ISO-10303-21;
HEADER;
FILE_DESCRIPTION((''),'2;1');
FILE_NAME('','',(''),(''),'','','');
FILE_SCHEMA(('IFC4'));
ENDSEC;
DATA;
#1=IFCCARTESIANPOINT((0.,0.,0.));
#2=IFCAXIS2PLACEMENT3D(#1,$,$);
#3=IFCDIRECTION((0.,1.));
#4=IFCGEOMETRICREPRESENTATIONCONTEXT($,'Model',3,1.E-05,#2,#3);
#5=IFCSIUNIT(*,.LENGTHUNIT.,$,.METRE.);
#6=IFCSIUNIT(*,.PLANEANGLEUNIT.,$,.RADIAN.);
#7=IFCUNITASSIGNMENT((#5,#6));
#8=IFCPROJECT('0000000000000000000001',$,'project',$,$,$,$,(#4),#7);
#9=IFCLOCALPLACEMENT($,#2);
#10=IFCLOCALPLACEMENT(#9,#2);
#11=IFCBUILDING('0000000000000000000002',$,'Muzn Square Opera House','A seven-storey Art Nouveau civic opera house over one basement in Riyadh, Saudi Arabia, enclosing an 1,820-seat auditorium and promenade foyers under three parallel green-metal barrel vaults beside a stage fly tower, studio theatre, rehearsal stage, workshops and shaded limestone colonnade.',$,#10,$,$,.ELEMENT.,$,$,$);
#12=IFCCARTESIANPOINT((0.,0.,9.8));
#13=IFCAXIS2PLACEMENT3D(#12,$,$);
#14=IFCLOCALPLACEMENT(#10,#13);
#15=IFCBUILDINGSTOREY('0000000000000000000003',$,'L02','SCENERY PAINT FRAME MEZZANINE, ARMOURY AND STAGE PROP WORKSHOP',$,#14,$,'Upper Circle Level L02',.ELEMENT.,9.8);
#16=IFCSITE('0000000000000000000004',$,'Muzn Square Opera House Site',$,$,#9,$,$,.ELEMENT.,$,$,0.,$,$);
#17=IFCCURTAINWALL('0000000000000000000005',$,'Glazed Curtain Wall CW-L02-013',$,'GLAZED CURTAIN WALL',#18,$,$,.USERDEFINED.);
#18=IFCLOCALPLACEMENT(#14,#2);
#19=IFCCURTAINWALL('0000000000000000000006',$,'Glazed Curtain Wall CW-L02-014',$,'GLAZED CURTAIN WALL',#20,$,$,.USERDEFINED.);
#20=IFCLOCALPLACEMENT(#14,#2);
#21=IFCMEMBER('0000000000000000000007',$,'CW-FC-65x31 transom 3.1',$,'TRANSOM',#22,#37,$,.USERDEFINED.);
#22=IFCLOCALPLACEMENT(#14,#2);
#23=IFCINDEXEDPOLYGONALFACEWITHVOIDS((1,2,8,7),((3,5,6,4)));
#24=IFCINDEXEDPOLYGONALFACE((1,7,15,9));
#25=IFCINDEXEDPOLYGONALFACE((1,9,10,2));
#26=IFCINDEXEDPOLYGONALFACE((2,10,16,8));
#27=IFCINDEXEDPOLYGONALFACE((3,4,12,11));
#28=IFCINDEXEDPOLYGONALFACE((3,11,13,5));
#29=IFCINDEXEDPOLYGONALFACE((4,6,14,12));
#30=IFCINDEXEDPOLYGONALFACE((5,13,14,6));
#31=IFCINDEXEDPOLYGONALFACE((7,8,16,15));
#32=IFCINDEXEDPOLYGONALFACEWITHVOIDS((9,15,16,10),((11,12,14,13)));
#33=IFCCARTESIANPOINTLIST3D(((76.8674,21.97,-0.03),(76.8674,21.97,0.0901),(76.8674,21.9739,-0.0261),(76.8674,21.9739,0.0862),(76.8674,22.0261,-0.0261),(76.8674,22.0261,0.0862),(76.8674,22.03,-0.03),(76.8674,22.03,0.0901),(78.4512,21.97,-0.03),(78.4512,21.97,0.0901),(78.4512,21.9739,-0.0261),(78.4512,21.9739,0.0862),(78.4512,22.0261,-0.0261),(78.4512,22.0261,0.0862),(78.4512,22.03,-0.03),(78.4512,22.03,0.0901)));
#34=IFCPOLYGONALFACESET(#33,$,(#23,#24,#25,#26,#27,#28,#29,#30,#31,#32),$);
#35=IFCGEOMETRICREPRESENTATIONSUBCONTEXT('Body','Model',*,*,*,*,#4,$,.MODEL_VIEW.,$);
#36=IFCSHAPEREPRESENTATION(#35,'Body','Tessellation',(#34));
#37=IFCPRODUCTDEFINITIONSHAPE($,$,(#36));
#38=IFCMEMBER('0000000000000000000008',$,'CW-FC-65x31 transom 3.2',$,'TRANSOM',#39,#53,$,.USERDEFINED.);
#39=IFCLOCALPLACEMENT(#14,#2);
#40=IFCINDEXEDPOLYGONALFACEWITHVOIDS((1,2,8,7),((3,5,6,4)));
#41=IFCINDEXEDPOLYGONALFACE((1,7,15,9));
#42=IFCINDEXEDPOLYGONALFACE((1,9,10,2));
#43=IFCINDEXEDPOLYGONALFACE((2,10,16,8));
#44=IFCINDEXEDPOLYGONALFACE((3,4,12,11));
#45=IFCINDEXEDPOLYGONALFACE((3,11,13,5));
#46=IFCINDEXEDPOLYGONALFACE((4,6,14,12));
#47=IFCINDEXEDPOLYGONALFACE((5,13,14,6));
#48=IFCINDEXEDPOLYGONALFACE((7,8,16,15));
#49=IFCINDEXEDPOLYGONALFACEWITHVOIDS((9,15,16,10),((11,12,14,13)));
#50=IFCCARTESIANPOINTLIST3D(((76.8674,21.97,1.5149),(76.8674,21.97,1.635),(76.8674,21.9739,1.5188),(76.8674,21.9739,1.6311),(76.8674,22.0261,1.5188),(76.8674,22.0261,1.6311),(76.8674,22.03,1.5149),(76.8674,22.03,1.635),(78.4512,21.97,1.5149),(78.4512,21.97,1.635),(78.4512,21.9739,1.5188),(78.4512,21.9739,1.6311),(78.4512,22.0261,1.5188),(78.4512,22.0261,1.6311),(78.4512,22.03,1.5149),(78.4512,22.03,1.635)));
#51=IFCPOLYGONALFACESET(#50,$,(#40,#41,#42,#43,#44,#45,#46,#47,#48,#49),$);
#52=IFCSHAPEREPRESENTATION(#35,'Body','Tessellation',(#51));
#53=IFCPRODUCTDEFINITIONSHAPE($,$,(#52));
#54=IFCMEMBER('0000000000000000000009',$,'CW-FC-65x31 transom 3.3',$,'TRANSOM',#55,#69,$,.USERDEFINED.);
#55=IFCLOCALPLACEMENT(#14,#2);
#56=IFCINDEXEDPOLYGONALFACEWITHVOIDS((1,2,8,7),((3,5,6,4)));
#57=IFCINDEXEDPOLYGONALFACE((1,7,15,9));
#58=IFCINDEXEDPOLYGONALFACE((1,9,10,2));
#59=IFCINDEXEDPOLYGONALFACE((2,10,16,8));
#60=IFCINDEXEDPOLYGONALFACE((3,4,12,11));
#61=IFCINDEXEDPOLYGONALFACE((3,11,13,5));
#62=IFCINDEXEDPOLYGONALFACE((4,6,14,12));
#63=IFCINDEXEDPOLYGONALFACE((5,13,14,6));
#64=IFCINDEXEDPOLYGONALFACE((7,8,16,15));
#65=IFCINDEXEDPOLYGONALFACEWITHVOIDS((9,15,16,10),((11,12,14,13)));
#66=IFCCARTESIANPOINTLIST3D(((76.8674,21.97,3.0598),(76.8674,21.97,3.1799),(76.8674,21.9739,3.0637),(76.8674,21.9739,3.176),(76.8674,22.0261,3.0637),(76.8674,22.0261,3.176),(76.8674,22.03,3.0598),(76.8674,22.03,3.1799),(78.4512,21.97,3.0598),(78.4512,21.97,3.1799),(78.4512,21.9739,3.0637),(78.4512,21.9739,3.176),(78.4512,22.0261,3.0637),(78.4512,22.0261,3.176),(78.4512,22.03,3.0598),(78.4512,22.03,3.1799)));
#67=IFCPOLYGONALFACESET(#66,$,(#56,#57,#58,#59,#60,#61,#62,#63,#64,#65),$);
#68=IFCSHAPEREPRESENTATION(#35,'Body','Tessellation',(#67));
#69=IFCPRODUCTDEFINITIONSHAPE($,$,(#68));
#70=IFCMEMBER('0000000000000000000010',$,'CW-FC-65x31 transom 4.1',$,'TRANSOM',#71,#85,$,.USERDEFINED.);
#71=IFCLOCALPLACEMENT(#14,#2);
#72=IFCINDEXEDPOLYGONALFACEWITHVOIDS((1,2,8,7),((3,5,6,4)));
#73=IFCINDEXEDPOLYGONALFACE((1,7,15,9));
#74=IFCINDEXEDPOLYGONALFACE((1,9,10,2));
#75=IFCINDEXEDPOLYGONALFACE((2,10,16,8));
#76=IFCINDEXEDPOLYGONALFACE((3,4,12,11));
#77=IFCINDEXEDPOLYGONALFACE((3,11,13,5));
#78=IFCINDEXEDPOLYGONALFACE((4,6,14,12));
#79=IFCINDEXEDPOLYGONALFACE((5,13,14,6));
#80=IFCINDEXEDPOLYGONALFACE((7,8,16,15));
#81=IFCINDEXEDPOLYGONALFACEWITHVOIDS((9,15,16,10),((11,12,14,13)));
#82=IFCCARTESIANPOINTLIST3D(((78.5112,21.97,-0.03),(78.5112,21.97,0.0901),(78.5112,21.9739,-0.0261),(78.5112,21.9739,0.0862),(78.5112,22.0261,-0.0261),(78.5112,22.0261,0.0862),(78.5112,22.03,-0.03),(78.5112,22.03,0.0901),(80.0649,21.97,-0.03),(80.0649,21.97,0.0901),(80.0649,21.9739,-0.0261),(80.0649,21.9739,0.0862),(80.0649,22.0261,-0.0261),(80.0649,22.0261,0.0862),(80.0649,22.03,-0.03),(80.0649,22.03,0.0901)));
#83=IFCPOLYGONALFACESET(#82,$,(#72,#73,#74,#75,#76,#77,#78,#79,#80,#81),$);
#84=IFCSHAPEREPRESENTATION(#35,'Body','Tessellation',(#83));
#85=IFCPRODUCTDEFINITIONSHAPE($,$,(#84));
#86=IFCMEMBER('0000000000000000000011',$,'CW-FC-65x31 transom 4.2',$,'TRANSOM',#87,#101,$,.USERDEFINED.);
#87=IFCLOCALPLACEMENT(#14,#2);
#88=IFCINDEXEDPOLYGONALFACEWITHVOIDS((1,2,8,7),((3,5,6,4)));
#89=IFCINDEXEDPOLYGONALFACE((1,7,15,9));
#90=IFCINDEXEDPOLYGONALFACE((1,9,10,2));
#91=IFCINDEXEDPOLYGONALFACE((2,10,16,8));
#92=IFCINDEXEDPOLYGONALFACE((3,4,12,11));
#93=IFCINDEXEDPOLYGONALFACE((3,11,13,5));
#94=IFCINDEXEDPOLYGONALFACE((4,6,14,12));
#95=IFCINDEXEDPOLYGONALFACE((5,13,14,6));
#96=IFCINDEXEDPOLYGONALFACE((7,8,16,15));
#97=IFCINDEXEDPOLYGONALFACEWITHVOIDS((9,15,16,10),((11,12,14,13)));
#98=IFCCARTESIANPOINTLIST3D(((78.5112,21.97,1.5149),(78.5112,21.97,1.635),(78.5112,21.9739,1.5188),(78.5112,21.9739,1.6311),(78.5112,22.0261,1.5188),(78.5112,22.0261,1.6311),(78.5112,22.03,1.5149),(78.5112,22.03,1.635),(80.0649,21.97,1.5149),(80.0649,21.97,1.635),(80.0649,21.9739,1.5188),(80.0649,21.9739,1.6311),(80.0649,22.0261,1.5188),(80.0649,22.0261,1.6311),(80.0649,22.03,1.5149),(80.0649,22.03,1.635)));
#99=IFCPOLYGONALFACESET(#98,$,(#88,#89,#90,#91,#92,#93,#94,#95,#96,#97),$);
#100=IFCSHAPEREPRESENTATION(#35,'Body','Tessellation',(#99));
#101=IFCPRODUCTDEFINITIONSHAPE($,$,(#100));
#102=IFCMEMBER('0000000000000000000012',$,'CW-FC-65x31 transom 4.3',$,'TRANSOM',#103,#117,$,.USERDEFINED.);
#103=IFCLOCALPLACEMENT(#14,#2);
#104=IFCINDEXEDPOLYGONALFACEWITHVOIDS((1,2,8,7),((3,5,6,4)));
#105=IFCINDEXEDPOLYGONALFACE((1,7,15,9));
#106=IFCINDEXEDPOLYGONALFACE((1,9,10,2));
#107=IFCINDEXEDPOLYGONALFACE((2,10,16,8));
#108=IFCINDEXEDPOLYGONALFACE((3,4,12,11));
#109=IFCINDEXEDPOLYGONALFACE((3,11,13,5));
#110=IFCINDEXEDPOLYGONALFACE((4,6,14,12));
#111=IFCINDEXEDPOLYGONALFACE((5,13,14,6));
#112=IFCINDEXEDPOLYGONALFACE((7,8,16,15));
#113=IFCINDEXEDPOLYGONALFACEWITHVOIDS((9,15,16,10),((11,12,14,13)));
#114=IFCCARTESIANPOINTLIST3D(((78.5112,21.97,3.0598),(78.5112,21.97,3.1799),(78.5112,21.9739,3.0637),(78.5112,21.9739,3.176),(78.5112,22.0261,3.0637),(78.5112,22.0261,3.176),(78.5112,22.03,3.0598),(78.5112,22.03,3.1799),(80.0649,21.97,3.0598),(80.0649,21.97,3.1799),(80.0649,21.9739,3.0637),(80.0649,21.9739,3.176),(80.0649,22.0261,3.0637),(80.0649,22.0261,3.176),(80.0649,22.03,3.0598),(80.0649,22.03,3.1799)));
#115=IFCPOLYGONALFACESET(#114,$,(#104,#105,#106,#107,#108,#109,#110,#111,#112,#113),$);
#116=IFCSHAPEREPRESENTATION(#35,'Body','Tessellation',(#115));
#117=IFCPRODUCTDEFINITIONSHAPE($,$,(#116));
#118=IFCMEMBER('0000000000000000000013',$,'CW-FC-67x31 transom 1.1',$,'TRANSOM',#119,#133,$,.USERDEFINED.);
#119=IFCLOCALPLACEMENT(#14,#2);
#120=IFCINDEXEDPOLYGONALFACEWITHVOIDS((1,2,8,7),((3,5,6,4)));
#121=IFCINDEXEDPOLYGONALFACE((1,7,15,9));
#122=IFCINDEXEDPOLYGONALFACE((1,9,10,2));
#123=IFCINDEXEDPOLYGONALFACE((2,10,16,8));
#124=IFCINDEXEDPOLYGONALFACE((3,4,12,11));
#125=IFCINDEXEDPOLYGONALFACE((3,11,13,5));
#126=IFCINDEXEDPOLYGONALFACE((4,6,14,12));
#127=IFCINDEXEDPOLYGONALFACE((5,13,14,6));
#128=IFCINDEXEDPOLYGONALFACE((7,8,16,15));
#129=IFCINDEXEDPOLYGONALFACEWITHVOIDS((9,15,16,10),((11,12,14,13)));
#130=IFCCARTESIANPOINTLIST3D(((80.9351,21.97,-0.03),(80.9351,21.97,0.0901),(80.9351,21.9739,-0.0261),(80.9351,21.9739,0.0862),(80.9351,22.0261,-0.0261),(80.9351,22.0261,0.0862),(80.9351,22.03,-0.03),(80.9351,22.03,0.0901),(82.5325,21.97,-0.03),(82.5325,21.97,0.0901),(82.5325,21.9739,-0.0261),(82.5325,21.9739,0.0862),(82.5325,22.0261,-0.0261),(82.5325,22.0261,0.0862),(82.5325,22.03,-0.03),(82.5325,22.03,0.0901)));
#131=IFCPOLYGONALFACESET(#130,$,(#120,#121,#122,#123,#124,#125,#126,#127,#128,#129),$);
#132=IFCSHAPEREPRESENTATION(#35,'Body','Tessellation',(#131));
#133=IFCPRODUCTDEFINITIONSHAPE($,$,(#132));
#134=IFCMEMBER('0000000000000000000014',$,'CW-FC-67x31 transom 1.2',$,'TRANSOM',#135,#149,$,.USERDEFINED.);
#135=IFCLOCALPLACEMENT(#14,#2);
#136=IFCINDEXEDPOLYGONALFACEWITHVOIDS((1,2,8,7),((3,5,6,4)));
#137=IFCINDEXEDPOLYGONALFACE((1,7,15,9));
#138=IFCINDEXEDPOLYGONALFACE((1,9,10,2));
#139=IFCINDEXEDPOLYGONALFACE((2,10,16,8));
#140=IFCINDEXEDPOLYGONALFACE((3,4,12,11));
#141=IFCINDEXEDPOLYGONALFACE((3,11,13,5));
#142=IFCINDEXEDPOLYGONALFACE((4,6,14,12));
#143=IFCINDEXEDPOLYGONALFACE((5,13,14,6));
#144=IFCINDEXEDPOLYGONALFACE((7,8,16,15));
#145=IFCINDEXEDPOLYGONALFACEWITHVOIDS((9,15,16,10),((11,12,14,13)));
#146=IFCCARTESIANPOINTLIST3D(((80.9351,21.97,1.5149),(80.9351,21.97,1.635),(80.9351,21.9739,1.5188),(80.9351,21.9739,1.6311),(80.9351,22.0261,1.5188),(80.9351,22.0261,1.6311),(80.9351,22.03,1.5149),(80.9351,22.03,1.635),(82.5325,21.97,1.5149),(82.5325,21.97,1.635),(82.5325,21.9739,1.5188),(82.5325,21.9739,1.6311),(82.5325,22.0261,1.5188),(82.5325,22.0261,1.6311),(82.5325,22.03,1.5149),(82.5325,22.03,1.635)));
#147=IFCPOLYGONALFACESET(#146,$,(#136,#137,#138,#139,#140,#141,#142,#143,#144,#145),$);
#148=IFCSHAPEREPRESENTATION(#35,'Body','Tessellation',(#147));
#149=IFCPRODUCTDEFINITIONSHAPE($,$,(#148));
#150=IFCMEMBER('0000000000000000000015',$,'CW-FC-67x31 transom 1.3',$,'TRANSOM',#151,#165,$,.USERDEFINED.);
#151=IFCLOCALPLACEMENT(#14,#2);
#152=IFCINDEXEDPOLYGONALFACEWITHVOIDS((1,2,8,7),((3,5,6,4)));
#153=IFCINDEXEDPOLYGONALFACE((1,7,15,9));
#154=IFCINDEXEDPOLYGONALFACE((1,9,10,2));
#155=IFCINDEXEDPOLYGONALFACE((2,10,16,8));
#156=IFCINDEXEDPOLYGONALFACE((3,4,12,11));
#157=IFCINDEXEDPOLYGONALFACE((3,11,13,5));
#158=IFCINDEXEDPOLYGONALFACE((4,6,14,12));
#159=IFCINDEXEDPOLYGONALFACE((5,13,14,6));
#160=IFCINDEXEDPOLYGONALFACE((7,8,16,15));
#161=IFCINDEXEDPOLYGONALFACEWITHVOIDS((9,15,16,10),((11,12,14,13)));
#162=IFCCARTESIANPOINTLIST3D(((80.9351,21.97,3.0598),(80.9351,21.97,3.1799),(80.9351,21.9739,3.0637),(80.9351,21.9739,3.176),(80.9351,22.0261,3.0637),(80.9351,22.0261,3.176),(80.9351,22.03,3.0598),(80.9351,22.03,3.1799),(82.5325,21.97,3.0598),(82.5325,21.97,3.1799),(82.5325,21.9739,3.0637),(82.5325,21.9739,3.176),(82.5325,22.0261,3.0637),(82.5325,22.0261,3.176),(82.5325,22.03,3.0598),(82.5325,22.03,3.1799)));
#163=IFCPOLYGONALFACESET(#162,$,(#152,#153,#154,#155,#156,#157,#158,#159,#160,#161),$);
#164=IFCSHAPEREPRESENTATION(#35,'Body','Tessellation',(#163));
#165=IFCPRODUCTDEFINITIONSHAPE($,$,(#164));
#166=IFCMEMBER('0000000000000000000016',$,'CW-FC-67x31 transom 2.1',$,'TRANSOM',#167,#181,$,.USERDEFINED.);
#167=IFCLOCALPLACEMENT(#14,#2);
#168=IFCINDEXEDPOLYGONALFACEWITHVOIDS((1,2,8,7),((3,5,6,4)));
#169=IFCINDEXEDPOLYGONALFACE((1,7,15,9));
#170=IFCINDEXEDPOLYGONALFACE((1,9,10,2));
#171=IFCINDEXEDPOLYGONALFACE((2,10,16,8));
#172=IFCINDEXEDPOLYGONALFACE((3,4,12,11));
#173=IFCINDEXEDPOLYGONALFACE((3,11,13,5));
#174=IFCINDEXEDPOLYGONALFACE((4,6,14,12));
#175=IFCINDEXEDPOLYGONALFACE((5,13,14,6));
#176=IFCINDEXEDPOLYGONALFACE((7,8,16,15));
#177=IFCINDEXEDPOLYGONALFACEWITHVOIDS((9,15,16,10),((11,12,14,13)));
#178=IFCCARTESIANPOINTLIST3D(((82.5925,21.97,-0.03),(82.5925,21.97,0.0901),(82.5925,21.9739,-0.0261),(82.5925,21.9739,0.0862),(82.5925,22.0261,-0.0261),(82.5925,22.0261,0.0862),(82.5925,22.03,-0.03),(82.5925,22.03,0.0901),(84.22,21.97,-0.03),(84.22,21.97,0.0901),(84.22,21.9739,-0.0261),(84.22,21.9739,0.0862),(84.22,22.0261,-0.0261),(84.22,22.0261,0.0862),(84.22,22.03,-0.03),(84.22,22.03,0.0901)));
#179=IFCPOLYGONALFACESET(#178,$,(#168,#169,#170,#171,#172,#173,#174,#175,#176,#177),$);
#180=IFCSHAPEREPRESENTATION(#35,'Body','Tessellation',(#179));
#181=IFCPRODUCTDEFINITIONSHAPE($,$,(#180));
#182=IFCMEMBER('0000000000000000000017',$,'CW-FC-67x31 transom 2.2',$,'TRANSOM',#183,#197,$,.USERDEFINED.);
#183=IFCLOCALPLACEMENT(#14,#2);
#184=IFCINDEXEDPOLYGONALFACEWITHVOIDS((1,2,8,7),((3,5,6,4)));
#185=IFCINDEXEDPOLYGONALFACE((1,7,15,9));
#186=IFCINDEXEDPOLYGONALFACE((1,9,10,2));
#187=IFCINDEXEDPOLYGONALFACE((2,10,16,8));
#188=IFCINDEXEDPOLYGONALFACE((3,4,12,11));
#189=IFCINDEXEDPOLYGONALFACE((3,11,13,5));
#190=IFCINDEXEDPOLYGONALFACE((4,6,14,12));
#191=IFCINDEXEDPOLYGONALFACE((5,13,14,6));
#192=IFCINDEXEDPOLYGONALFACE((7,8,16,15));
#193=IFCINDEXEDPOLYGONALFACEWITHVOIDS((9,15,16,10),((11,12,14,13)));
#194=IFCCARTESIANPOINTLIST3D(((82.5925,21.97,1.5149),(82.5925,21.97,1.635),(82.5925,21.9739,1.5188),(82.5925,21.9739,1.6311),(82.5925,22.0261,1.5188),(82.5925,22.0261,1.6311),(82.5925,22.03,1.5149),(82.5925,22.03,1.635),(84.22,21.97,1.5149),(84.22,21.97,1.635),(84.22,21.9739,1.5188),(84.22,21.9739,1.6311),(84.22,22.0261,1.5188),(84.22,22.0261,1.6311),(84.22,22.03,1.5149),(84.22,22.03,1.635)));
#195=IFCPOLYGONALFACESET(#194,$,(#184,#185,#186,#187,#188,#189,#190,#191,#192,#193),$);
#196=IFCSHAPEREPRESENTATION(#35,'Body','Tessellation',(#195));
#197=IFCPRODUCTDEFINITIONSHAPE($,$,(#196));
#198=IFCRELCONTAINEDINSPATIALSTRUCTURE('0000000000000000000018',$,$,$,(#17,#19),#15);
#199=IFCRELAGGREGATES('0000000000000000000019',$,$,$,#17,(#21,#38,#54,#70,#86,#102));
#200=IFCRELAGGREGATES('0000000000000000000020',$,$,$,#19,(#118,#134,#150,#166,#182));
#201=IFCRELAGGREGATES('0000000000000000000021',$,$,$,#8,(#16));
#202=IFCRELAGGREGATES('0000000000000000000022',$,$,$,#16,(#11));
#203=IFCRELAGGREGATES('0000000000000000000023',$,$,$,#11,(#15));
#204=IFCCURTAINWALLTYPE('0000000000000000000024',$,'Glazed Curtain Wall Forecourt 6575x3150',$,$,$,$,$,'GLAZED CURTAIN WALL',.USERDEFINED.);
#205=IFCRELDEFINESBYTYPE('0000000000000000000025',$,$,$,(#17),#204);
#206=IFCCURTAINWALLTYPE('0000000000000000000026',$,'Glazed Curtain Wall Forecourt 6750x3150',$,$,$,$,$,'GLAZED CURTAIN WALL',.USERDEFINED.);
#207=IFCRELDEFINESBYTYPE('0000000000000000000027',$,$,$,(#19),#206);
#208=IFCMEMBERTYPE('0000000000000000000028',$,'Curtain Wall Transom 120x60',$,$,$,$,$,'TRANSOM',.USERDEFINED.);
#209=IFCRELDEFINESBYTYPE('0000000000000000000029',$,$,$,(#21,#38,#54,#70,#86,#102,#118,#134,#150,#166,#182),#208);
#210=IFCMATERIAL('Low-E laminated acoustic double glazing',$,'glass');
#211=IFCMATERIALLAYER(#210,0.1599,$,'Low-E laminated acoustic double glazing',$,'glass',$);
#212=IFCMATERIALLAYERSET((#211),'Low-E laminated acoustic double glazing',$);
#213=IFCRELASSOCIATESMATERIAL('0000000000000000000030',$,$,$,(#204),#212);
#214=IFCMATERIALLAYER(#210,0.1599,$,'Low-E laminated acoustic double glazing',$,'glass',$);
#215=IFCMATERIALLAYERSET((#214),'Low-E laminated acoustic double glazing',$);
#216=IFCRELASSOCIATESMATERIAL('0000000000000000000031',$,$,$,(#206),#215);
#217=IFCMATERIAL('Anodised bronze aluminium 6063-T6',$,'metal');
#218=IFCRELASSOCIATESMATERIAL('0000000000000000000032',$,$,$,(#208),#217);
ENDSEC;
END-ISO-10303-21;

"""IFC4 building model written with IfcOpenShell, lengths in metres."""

from ifc_helpers import new_model, si_unit, direction, frame, origin, origin_2d, place, context, subcontext, project, spatial, hollow_rectangle, extrude, material, layer, layer_set, material_profile, profile_set, type_object, element, aggregate, save


model = new_model("IFC4")

# Units and contexts
model_context = context("Model", 3, precision=1e-05, world=origin(), true_north=direction((0.0, 1.0)))
body_context = subcontext(model_context, "Body", "Model", "MODEL_VIEW")
ifc_project = project(units=[si_unit("LENGTHUNIT", "METRE"), si_unit("PLANEANGLEUNIT", "RADIAN")], contexts=[model_context])

# Site, building, storey
site_placement = place(None, origin())
site = spatial("IfcSite", under=ifc_project, at=site_placement, Name="Muzn Square Opera House Site", CompositionType="ELEMENT", RefElevation=0.0)
building_placement = place(site_placement, origin())
building = spatial("IfcBuilding", under=site, at=building_placement, Name="Muzn Square Opera House", Description="A seven-storey Art Nouveau civic opera house over one basement in Riyadh, Saudi Arabia, enclosing an 1,820-seat auditorium and promenade foyers under three parallel green-metal barrel vaults beside a stage fly tower, studio theatre, rehearsal stage, workshops and shaded limestone colonnade.", CompositionType="ELEMENT")
storey_placement = place(building_placement, frame((0.0, 0.0, 9.8)))
storey = spatial("IfcBuildingStorey", under=building, at=storey_placement, Name="L02", Description="SCENERY PAINT FRAME MEZZANINE, ARMOURY AND STAGE PROP WORKSHOP", LongName="Upper Circle Level L02", CompositionType="ELEMENT", Elevation=9.8)

# Curtain walls
ifc_material_1 = material(Name="Low-E laminated acoustic double glazing", Category="glass")
ifc_layer_1 = layer(ifc_material_1, 0.1599, Name="Low-E laminated acoustic double glazing", Category="glass")
ifc_layer_set_1 = layer_set([ifc_layer_1], Name="Low-E laminated acoustic double glazing")
curtain_wall_type_1 = type_object("IfcCurtainWallType", Name="Glazed Curtain Wall Forecourt 6575x3150", ElementType="GLAZED CURTAIN WALL", PredefinedType="USERDEFINED", material=ifc_layer_set_1)
curtain_wall_1_placement = place(storey_placement, origin())
curtain_wall_1 = element("IfcCurtainWall", 1, at=curtain_wall_1_placement, inside=storey, type_object=curtain_wall_type_1, Name="Glazed Curtain Wall CW-L02-013", ObjectType="GLAZED CURTAIN WALL", PredefinedType="USERDEFINED")
ifc_material_2 = material(Name="Anodised bronze aluminium 6063-T6", Category="metal")
ifc_layer_2 = layer(ifc_material_1, 0.1599, Name="Low-E laminated acoustic double glazing", Category="glass")
ifc_layer_set_2 = layer_set([ifc_layer_2], Name="Low-E laminated acoustic double glazing")
curtain_wall_type_2 = type_object("IfcCurtainWallType", Name="Glazed Curtain Wall Forecourt 6750x3150", ElementType="GLAZED CURTAIN WALL", PredefinedType="USERDEFINED", material=ifc_layer_set_2)
curtain_wall_2_placement = place(storey_placement, origin())
curtain_wall_2 = element("IfcCurtainWall", 2, at=curtain_wall_2_placement, inside=storey, type_object=curtain_wall_type_2, Name="Glazed Curtain Wall CW-L02-014", ObjectType="GLAZED CURTAIN WALL", PredefinedType="USERDEFINED")

# Members
ifc_material_profile_1 = material_profile(ifc_material_2, hollow_rectangle(XDim=0.0601, YDim=0.1201, WallThickness=0.0039, at=origin_2d()), Name="ALU 120x60x4", Category="metal")
ifc_profile_set_1 = profile_set([ifc_material_profile_1], Name="Anodised bronze aluminium 6063-T6")
member_type_1 = type_object("IfcMemberType", Name="Curtain Wall Transom 120x60", ElementType="TRANSOM", PredefinedType="USERDEFINED", material=ifc_profile_set_1)
member_1_placement = place(storey_placement, frame((76.8674, 22.0, 0.03), z_axis=(1.0, 0.0, 0.0), x_axis=(0.0, 1.0, 0.0)))
member_1 = element("IfcMember", 3, at=member_1_placement, type_object=member_type_1, Name="CW-FC-65x31 transom 3.1", ObjectType="TRANSOM", PredefinedType="USERDEFINED", context=body_context, shape_type="SweptSolid", body=[
    extrude(hollow_rectangle(XDim=0.0601, YDim=0.1201, WallThickness=0.0039, at=origin_2d()), origin(), (0.0, 0.0, 1.0), 1.5837),
])
member_2_placement = place(storey_placement, frame((76.8674, 22.0, 1.575), z_axis=(1.0, 0.0, 0.0), x_axis=(0.0, 1.0, 0.0)))
member_2 = element("IfcMember", 4, at=member_2_placement, type_object=member_type_1, Name="CW-FC-65x31 transom 3.2", ObjectType="TRANSOM", PredefinedType="USERDEFINED", context=body_context, shape_type="SweptSolid", body=[
    extrude(hollow_rectangle(XDim=0.0601, YDim=0.1201, WallThickness=0.0039, at=origin_2d()), origin(), (0.0, 0.0, 1.0), 1.5837),
])
member_3_placement = place(storey_placement, frame((76.8674, 22.0, 3.1199), z_axis=(1.0, 0.0, 0.0), x_axis=(0.0, 1.0, 0.0)))
member_3 = element("IfcMember", 5, at=member_3_placement, type_object=member_type_1, Name="CW-FC-65x31 transom 3.3", ObjectType="TRANSOM", PredefinedType="USERDEFINED", context=body_context, shape_type="SweptSolid", body=[
    extrude(hollow_rectangle(XDim=0.0601, YDim=0.1201, WallThickness=0.0039, at=origin_2d()), origin(), (0.0, 0.0, 1.0), 1.5837),
])
member_4_placement = place(storey_placement, frame((78.5112, 22.0, 0.03), z_axis=(1.0, 0.0, 0.0), x_axis=(0.0, 1.0, 0.0)))
member_4 = element("IfcMember", 6, at=member_4_placement, type_object=member_type_1, Name="CW-FC-65x31 transom 4.1", ObjectType="TRANSOM", PredefinedType="USERDEFINED", context=body_context, shape_type="SweptSolid", body=[
    extrude(hollow_rectangle(XDim=0.0601, YDim=0.1201, WallThickness=0.0039, at=origin_2d()), origin(), (0.0, 0.0, 1.0), 1.5537),
])
member_5_placement = place(storey_placement, frame((78.5112, 22.0, 1.575), z_axis=(1.0, 0.0, 0.0), x_axis=(0.0, 1.0, 0.0)))
member_5 = element("IfcMember", 7, at=member_5_placement, type_object=member_type_1, Name="CW-FC-65x31 transom 4.2", ObjectType="TRANSOM", PredefinedType="USERDEFINED", context=body_context, shape_type="SweptSolid", body=[
    extrude(hollow_rectangle(XDim=0.0601, YDim=0.1201, WallThickness=0.0039, at=origin_2d()), origin(), (0.0, 0.0, 1.0), 1.5537),
])
member_6_placement = place(storey_placement, frame((78.5112, 22.0, 3.1199), z_axis=(1.0, 0.0, 0.0), x_axis=(0.0, 1.0, 0.0)))
member_6 = element("IfcMember", 8, at=member_6_placement, type_object=member_type_1, Name="CW-FC-65x31 transom 4.3", ObjectType="TRANSOM", PredefinedType="USERDEFINED", context=body_context, shape_type="SweptSolid", body=[
    extrude(hollow_rectangle(XDim=0.0601, YDim=0.1201, WallThickness=0.0039, at=origin_2d()), origin(), (0.0, 0.0, 1.0), 1.5537),
])
member_7_placement = place(storey_placement, frame((80.9351, 22.0, 0.03), z_axis=(1.0, 0.0, 0.0), x_axis=(0.0, 1.0, 0.0)))
member_7 = element("IfcMember", 9, at=member_7_placement, type_object=member_type_1, Name="CW-FC-67x31 transom 1.1", ObjectType="TRANSOM", PredefinedType="USERDEFINED", context=body_context, shape_type="SweptSolid", body=[
    extrude(hollow_rectangle(XDim=0.0601, YDim=0.1201, WallThickness=0.0039, at=origin_2d()), origin(), (0.0, 0.0, 1.0), 1.5974),
])
member_8_placement = place(storey_placement, frame((80.9351, 22.0, 1.575), z_axis=(1.0, 0.0, 0.0), x_axis=(0.0, 1.0, 0.0)))
member_8 = element("IfcMember", 10, at=member_8_placement, type_object=member_type_1, Name="CW-FC-67x31 transom 1.2", ObjectType="TRANSOM", PredefinedType="USERDEFINED", context=body_context, shape_type="SweptSolid", body=[
    extrude(hollow_rectangle(XDim=0.0601, YDim=0.1201, WallThickness=0.0039, at=origin_2d()), origin(), (0.0, 0.0, 1.0), 1.5974),
])
member_9_placement = place(storey_placement, frame((80.9351, 22.0, 3.1199), z_axis=(1.0, 0.0, 0.0), x_axis=(0.0, 1.0, 0.0)))
member_9 = element("IfcMember", 11, at=member_9_placement, type_object=member_type_1, Name="CW-FC-67x31 transom 1.3", ObjectType="TRANSOM", PredefinedType="USERDEFINED", context=body_context, shape_type="SweptSolid", body=[
    extrude(hollow_rectangle(XDim=0.0601, YDim=0.1201, WallThickness=0.0039, at=origin_2d()), origin(), (0.0, 0.0, 1.0), 1.5974),
])
member_10_placement = place(storey_placement, frame((82.5925, 22.0, 0.03), z_axis=(1.0, 0.0, 0.0), x_axis=(0.0, 1.0, 0.0)))
member_10 = element("IfcMember", 12, at=member_10_placement, type_object=member_type_1, Name="CW-FC-67x31 transom 2.1", ObjectType="TRANSOM", PredefinedType="USERDEFINED", context=body_context, shape_type="SweptSolid", body=[
    extrude(hollow_rectangle(XDim=0.0601, YDim=0.1201, WallThickness=0.0039, at=origin_2d()), origin(), (0.0, 0.0, 1.0), 1.6274),
])
member_11_placement = place(storey_placement, frame((82.5925, 22.0, 1.575), z_axis=(1.0, 0.0, 0.0), x_axis=(0.0, 1.0, 0.0)))
member_11 = element("IfcMember", 13, at=member_11_placement, type_object=member_type_1, Name="CW-FC-67x31 transom 2.2", ObjectType="TRANSOM", PredefinedType="USERDEFINED", context=body_context, shape_type="SweptSolid", body=[
    extrude(hollow_rectangle(XDim=0.0601, YDim=0.1201, WallThickness=0.0039, at=origin_2d()), origin(), (0.0, 0.0, 1.0), 1.6274),
])

aggregate(curtain_wall_1, [member_1, member_2, member_3, member_4, member_5, member_6])
aggregate(curtain_wall_2, [member_7, member_8, member_9, member_10, member_11])

save(model, "model.ifc")
